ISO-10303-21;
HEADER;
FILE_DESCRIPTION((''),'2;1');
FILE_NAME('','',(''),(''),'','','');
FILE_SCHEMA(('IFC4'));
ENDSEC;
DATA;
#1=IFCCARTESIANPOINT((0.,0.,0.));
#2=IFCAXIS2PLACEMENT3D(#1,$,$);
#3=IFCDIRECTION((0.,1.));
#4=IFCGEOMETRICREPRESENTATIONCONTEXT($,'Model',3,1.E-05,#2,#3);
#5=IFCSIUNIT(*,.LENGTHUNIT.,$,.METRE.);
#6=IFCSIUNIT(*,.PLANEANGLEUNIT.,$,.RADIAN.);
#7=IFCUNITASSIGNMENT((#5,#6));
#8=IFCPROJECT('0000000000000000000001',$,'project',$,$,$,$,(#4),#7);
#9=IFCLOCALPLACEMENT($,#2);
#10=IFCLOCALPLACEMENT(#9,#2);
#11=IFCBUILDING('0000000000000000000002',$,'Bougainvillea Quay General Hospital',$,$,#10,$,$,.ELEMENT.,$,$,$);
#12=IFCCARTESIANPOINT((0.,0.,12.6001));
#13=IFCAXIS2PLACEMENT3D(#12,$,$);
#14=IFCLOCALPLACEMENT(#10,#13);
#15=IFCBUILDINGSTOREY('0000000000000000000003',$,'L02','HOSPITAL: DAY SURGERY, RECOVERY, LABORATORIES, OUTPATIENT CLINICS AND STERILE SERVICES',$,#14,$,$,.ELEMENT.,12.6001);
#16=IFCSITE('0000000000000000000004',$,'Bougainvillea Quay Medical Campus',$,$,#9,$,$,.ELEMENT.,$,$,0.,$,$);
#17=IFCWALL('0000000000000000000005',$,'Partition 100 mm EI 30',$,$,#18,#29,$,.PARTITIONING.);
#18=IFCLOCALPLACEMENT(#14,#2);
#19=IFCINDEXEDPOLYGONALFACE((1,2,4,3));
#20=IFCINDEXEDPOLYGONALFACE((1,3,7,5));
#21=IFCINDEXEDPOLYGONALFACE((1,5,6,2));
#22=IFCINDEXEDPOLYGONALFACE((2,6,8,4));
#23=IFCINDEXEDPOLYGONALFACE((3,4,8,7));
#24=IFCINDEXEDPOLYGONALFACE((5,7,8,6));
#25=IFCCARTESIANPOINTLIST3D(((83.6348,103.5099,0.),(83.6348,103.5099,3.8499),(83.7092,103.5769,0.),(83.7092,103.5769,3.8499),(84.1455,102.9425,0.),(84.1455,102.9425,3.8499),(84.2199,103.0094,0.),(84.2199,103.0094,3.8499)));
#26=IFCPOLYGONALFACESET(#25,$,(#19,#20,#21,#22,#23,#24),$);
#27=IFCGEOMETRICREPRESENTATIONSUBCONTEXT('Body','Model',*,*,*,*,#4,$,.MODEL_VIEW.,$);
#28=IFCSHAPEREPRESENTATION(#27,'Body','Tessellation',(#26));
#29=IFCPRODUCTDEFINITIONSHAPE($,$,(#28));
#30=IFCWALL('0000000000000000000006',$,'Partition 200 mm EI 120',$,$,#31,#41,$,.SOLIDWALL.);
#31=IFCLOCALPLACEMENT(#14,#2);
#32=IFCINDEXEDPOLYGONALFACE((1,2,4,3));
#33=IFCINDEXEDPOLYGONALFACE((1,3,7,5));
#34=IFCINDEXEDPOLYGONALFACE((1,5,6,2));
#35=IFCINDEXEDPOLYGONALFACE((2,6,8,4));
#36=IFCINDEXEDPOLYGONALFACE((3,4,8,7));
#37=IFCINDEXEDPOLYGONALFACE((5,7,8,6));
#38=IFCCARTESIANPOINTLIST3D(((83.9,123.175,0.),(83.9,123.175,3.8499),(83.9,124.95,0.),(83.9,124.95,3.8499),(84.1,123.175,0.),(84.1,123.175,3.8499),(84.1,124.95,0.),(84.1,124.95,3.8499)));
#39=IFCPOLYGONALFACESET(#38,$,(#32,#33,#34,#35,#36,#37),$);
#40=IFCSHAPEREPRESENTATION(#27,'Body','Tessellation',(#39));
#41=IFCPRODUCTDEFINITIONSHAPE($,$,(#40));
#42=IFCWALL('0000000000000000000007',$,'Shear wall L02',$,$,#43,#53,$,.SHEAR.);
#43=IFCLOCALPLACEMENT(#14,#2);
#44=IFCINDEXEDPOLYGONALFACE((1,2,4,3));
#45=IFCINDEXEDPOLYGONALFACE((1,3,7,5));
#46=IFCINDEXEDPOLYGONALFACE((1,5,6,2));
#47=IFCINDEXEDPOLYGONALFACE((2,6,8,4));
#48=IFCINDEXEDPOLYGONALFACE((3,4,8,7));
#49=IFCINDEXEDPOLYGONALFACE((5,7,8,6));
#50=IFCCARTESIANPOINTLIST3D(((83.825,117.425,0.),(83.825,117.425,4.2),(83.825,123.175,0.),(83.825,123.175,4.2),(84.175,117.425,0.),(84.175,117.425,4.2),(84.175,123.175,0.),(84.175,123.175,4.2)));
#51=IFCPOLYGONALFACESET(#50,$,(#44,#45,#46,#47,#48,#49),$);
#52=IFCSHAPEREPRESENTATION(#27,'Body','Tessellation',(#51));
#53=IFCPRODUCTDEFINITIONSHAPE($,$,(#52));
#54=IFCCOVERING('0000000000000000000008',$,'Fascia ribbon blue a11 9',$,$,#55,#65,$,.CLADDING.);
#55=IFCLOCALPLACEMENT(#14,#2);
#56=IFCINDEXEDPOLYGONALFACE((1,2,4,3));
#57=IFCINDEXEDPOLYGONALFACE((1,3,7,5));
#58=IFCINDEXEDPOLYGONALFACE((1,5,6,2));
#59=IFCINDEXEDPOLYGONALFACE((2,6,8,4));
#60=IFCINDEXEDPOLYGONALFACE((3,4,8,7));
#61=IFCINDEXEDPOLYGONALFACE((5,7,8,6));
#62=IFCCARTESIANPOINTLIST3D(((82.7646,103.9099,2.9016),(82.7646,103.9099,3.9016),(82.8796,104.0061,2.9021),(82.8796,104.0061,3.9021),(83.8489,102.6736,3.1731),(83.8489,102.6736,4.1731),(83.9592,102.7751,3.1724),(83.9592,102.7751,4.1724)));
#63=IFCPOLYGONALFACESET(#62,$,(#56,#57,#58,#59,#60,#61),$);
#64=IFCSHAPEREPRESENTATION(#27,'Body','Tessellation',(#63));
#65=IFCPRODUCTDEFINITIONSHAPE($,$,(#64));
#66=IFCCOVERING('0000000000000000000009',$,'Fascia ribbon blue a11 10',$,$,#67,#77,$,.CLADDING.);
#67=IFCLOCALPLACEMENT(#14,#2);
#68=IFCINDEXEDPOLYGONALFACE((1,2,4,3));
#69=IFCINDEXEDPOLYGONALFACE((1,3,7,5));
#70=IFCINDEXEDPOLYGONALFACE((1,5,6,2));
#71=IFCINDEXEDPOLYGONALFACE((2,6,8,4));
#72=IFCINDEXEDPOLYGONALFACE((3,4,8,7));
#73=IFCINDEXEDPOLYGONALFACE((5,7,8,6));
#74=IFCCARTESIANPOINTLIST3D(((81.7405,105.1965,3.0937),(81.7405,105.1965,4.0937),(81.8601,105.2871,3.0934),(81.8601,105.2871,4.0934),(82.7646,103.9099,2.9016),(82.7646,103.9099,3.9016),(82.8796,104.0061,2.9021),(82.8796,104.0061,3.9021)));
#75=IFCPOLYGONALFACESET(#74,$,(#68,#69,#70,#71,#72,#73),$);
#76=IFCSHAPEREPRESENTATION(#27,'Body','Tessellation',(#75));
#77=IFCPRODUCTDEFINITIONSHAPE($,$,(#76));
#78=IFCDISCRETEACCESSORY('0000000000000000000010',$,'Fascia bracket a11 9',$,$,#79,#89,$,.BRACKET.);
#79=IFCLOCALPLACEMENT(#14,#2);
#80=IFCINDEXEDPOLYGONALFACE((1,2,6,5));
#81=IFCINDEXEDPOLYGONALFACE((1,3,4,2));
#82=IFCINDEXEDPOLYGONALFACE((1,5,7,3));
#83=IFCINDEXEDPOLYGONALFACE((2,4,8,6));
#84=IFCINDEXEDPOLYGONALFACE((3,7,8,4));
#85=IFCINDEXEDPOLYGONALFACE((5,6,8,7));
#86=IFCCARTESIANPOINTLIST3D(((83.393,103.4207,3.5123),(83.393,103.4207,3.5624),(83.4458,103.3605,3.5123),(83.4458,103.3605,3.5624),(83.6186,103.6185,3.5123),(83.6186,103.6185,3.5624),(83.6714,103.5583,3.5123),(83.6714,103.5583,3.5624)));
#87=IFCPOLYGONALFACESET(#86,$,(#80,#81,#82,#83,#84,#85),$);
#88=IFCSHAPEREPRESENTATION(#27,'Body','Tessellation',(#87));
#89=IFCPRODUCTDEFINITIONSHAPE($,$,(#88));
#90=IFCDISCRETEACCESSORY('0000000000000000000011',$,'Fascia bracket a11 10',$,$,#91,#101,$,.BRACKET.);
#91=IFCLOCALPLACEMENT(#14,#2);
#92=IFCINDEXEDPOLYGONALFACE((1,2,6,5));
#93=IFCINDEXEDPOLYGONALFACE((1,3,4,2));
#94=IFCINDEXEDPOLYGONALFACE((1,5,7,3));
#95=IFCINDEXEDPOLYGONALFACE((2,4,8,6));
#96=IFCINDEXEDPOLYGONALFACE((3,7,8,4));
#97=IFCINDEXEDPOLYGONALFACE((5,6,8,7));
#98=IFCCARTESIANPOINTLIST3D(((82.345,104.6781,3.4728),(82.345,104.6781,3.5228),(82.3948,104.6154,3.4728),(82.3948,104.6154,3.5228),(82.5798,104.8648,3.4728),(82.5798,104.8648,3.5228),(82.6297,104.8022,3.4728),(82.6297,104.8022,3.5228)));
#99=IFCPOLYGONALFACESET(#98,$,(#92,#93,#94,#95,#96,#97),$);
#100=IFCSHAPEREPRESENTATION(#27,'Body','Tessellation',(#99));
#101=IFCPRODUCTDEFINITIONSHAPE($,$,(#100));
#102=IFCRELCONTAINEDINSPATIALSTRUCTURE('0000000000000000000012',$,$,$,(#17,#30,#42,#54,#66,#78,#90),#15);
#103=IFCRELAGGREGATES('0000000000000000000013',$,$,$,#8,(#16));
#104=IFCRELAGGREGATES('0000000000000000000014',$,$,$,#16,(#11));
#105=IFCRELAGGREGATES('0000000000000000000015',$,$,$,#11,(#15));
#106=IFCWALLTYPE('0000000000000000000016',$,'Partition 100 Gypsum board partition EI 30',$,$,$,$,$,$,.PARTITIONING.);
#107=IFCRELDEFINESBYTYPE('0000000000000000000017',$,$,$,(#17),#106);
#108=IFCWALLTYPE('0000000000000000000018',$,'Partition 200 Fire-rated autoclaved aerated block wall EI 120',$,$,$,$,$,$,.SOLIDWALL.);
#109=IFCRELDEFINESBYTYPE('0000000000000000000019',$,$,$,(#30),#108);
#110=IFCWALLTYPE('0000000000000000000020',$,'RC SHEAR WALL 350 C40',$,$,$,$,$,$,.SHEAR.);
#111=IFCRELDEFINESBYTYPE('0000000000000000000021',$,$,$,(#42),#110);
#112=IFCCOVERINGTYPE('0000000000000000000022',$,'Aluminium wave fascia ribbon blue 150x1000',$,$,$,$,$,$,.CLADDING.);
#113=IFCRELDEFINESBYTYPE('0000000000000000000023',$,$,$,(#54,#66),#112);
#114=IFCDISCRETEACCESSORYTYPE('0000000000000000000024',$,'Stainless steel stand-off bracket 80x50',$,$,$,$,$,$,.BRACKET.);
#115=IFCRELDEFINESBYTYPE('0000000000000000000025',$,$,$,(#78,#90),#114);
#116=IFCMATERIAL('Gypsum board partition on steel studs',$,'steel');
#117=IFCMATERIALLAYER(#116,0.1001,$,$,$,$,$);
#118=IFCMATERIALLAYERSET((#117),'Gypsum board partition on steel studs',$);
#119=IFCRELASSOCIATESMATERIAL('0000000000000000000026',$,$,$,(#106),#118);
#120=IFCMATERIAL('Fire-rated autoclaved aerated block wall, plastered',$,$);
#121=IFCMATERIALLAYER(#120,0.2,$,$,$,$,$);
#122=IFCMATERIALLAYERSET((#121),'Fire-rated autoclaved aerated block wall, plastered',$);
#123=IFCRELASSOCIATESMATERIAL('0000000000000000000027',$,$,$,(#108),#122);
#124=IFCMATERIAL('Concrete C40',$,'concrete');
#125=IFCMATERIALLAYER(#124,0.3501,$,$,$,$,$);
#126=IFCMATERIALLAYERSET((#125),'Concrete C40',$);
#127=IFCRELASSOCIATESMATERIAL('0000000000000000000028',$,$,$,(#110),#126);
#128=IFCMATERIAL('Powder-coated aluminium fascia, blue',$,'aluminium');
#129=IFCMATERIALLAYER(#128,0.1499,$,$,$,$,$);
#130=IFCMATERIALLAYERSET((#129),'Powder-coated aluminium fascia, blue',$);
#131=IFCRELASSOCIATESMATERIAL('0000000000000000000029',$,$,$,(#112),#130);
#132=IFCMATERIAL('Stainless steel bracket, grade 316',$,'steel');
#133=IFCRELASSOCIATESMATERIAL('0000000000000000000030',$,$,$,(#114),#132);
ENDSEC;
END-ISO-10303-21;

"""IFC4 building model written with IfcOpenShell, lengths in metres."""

from ifc_helpers import new_model, si_unit, direction, frame, frame_2d, origin, origin_2d, place, context, subcontext, project, spatial, polyline, rectangle, outline, extrude, material, layer, layer_set, material_profile, profile_set, type_object, element, save


model = new_model("IFC4")

# Units and contexts
model_context = context("Model", 3, precision=1e-05, world=origin(), true_north=direction((0.0, 1.0)))
body_context = subcontext(model_context, "Body", "Model", "MODEL_VIEW")
ifc_project = project(units=[si_unit("LENGTHUNIT", "METRE"), si_unit("PLANEANGLEUNIT", "RADIAN")], contexts=[model_context])

# Site, building, storey
site_placement = place(None, origin())
site = spatial("IfcSite", under=ifc_project, at=site_placement, Name="Bougainvillea Quay Medical Campus", CompositionType="ELEMENT", RefElevation=0.0)
building_placement = place(site_placement, origin())
building = spatial("IfcBuilding", under=site, at=building_placement, Name="Bougainvillea Quay General Hospital", CompositionType="ELEMENT")
storey_placement = place(building_placement, frame((0.0, 0.0, 12.6001)))
storey = spatial("IfcBuildingStorey", under=building, at=storey_placement, Name="L02", Description="HOSPITAL: DAY SURGERY, RECOVERY, LABORATORIES, OUTPATIENT CLINICS AND STERILE SERVICES", CompositionType="ELEMENT", Elevation=12.6001)

# Shared definitions
ifc_material_1 = material(Name="Concrete C40", Category="concrete")

# Walls
ifc_material_2 = material(Name="Gypsum board partition on steel studs", Category="steel")
ifc_layer_1 = layer(ifc_material_2, 0.1001)
ifc_layer_set_1 = layer_set([ifc_layer_1], Name="Gypsum board partition on steel studs")
wall_type_1 = type_object("IfcWallType", Name="Partition 100 Gypsum board partition EI 30", PredefinedType="PARTITIONING", material=ifc_layer_set_1)
wall_1_placement = place(storey_placement, frame((83.6719, 103.5435, 0.0), z_axis=(0.0, 0.0, 1.0), x_axis=(0.669035, -0.743231, 0.0)))
element("IfcWall", 1, at=wall_1_placement, inside=storey, type_object=wall_type_1, Name="Partition 100 mm EI 30", PredefinedType="PARTITIONING", context=body_context, shape_type="SweptSolid", body=[
    extrude(rectangle(XDim=0.7634, YDim=0.1001, at=frame_2d((0.3818, 0.0))), origin(), (0.0, 0.0, 1.0), 3.8499),
])
ifc_material_3 = material(Name="Fire-rated autoclaved aerated block wall, plastered")
ifc_layer_2 = layer(ifc_material_3, 0.2)
ifc_layer_set_2 = layer_set([ifc_layer_2], Name="Fire-rated autoclaved aerated block wall, plastered")
wall_type_2 = type_object("IfcWallType", Name="Partition 200 Fire-rated autoclaved aerated block wall EI 120", PredefinedType="SOLIDWALL", material=ifc_layer_set_2)
wall_2_placement = place(storey_placement, frame((84.0, 123.175, 0.0), z_axis=(0.0, 0.0, 1.0), x_axis=(0.0, 1.0, 0.0)))
element("IfcWall", 2, at=wall_2_placement, inside=storey, type_object=wall_type_2, Name="Partition 200 mm EI 120", PredefinedType="SOLIDWALL", context=body_context, shape_type="SweptSolid", body=[
    extrude(rectangle(XDim=1.7749, YDim=0.2, at=frame_2d((0.8875, 0.0))), origin(), (0.0, 0.0, 1.0), 3.8499),
])
ifc_layer_3 = layer(ifc_material_1, 0.3501)
ifc_layer_set_3 = layer_set([ifc_layer_3], Name="Concrete C40")
wall_type_3 = type_object("IfcWallType", Name="RC SHEAR WALL 350 C40", PredefinedType="SHEAR", material=ifc_layer_set_3)
wall_3_placement = place(storey_placement, frame((84.0, 117.425, 0.0), z_axis=(0.0, 0.0, 1.0), x_axis=(0.0, 1.0, 0.0)))
element("IfcWall", 3, at=wall_3_placement, inside=storey, type_object=wall_type_3, Name="Shear wall L02", PredefinedType="SHEAR", context=body_context, shape_type="SweptSolid", body=[
    extrude(rectangle(XDim=5.75, YDim=0.3501, at=frame_2d((2.875, 0.0))), origin(), (0.0, 0.0, 1.0), 4.2),
])

# Coverings
ifc_material_4 = material(Name="Powder-coated aluminium fascia, blue", Category="aluminium")
ifc_layer_4 = layer(ifc_material_4, 0.1499)
ifc_layer_set_4 = layer_set([ifc_layer_4], Name="Powder-coated aluminium fascia, blue")
covering_type = type_object("IfcCoveringType", Name="Aluminium wave fascia ribbon blue 150x1000", PredefinedType="CLADDING", material=ifc_layer_set_4)
covering_1_placement = place(storey_placement, frame((83.9592, 102.7751, 3.1724), z_axis=(-0.106829, 0.122951, 0.986646), x_axis=(-0.650565, 0.741779, -0.162877)))
element("IfcCovering", 4, at=covering_1_placement, inside=storey, type_object=covering_type, Name="Fascia ribbon blue a11 9", PredefinedType="CLADDING", context=body_context, shape_type="SweptSolid", body=[
    extrude(outline(polyline([(0.0, 0.0), (1.6595, 0.0), (1.663, 0.1499), (-0.0037, 0.1499), (0.0, 0.0)])), origin(), (-0.162877, 0.000744, 0.986646), 1.0),
])
covering_2_placement = place(storey_placement, frame((82.8796, 104.0061, 2.9021), z_axis=(0.071665, -0.091325, 0.993239), x_axis=(-0.618519, 0.777148, 0.116084)))
element("IfcCovering", 5, at=covering_2_placement, inside=storey, type_object=covering_type, Name="Fascia ribbon blue a11 10", PredefinedType="CLADDING", context=body_context, shape_type="SweptSolid", body=[
    extrude(outline(polyline([(0.0, 0.0), (1.6483, 0.0), (1.652, 0.15), (-0.0037, 0.1499), (0.0, 0.0)])), origin(), (0.116084, -0.000792, 0.993239), 1.0),
])

# Discrete accessories
ifc_material_5 = material(Name="Stainless steel bracket, grade 316", Category="steel")
ifc_material_profile_1 = material_profile(ifc_material_5, rectangle(XDim=0.0801, YDim=0.05, at=origin_2d()))
ifc_profile_set_1 = profile_set([ifc_material_profile_1], Name="Stainless steel bracket, grade 316")
discrete_accessory_type = type_object("IfcDiscreteAccessoryType", Name="Stainless steel stand-off bracket 80x50", PredefinedType="BRACKET", material=ifc_profile_set_1)
for number, where, z_axis, x_axis, name in (
    (6, (83.645, 103.5884, 3.5374), (-0.751971, -0.659196, 0.0), (0.659196, -0.751971, 0.0), "Fascia bracket a11 9"),
    (7, (82.6047, 104.8335, 3.4978), (-0.782691, -0.62241, 0.0), (0.62241, -0.782691, 0.0), "Fascia bracket a11 10"),
):
    element("IfcDiscreteAccessory", number, at=place(storey_placement, frame(where, z_axis=z_axis, x_axis=x_axis)), inside=storey, type_object=discrete_accessory_type, Name=name, PredefinedType="BRACKET", context=body_context, shape_type="SweptSolid", body=[
        extrude(rectangle(XDim=0.0801, YDim=0.05, at=origin_2d()), origin(), (0.0, 0.0, 1.0), 0.3),
    ])

save(model, "model.ifc")
